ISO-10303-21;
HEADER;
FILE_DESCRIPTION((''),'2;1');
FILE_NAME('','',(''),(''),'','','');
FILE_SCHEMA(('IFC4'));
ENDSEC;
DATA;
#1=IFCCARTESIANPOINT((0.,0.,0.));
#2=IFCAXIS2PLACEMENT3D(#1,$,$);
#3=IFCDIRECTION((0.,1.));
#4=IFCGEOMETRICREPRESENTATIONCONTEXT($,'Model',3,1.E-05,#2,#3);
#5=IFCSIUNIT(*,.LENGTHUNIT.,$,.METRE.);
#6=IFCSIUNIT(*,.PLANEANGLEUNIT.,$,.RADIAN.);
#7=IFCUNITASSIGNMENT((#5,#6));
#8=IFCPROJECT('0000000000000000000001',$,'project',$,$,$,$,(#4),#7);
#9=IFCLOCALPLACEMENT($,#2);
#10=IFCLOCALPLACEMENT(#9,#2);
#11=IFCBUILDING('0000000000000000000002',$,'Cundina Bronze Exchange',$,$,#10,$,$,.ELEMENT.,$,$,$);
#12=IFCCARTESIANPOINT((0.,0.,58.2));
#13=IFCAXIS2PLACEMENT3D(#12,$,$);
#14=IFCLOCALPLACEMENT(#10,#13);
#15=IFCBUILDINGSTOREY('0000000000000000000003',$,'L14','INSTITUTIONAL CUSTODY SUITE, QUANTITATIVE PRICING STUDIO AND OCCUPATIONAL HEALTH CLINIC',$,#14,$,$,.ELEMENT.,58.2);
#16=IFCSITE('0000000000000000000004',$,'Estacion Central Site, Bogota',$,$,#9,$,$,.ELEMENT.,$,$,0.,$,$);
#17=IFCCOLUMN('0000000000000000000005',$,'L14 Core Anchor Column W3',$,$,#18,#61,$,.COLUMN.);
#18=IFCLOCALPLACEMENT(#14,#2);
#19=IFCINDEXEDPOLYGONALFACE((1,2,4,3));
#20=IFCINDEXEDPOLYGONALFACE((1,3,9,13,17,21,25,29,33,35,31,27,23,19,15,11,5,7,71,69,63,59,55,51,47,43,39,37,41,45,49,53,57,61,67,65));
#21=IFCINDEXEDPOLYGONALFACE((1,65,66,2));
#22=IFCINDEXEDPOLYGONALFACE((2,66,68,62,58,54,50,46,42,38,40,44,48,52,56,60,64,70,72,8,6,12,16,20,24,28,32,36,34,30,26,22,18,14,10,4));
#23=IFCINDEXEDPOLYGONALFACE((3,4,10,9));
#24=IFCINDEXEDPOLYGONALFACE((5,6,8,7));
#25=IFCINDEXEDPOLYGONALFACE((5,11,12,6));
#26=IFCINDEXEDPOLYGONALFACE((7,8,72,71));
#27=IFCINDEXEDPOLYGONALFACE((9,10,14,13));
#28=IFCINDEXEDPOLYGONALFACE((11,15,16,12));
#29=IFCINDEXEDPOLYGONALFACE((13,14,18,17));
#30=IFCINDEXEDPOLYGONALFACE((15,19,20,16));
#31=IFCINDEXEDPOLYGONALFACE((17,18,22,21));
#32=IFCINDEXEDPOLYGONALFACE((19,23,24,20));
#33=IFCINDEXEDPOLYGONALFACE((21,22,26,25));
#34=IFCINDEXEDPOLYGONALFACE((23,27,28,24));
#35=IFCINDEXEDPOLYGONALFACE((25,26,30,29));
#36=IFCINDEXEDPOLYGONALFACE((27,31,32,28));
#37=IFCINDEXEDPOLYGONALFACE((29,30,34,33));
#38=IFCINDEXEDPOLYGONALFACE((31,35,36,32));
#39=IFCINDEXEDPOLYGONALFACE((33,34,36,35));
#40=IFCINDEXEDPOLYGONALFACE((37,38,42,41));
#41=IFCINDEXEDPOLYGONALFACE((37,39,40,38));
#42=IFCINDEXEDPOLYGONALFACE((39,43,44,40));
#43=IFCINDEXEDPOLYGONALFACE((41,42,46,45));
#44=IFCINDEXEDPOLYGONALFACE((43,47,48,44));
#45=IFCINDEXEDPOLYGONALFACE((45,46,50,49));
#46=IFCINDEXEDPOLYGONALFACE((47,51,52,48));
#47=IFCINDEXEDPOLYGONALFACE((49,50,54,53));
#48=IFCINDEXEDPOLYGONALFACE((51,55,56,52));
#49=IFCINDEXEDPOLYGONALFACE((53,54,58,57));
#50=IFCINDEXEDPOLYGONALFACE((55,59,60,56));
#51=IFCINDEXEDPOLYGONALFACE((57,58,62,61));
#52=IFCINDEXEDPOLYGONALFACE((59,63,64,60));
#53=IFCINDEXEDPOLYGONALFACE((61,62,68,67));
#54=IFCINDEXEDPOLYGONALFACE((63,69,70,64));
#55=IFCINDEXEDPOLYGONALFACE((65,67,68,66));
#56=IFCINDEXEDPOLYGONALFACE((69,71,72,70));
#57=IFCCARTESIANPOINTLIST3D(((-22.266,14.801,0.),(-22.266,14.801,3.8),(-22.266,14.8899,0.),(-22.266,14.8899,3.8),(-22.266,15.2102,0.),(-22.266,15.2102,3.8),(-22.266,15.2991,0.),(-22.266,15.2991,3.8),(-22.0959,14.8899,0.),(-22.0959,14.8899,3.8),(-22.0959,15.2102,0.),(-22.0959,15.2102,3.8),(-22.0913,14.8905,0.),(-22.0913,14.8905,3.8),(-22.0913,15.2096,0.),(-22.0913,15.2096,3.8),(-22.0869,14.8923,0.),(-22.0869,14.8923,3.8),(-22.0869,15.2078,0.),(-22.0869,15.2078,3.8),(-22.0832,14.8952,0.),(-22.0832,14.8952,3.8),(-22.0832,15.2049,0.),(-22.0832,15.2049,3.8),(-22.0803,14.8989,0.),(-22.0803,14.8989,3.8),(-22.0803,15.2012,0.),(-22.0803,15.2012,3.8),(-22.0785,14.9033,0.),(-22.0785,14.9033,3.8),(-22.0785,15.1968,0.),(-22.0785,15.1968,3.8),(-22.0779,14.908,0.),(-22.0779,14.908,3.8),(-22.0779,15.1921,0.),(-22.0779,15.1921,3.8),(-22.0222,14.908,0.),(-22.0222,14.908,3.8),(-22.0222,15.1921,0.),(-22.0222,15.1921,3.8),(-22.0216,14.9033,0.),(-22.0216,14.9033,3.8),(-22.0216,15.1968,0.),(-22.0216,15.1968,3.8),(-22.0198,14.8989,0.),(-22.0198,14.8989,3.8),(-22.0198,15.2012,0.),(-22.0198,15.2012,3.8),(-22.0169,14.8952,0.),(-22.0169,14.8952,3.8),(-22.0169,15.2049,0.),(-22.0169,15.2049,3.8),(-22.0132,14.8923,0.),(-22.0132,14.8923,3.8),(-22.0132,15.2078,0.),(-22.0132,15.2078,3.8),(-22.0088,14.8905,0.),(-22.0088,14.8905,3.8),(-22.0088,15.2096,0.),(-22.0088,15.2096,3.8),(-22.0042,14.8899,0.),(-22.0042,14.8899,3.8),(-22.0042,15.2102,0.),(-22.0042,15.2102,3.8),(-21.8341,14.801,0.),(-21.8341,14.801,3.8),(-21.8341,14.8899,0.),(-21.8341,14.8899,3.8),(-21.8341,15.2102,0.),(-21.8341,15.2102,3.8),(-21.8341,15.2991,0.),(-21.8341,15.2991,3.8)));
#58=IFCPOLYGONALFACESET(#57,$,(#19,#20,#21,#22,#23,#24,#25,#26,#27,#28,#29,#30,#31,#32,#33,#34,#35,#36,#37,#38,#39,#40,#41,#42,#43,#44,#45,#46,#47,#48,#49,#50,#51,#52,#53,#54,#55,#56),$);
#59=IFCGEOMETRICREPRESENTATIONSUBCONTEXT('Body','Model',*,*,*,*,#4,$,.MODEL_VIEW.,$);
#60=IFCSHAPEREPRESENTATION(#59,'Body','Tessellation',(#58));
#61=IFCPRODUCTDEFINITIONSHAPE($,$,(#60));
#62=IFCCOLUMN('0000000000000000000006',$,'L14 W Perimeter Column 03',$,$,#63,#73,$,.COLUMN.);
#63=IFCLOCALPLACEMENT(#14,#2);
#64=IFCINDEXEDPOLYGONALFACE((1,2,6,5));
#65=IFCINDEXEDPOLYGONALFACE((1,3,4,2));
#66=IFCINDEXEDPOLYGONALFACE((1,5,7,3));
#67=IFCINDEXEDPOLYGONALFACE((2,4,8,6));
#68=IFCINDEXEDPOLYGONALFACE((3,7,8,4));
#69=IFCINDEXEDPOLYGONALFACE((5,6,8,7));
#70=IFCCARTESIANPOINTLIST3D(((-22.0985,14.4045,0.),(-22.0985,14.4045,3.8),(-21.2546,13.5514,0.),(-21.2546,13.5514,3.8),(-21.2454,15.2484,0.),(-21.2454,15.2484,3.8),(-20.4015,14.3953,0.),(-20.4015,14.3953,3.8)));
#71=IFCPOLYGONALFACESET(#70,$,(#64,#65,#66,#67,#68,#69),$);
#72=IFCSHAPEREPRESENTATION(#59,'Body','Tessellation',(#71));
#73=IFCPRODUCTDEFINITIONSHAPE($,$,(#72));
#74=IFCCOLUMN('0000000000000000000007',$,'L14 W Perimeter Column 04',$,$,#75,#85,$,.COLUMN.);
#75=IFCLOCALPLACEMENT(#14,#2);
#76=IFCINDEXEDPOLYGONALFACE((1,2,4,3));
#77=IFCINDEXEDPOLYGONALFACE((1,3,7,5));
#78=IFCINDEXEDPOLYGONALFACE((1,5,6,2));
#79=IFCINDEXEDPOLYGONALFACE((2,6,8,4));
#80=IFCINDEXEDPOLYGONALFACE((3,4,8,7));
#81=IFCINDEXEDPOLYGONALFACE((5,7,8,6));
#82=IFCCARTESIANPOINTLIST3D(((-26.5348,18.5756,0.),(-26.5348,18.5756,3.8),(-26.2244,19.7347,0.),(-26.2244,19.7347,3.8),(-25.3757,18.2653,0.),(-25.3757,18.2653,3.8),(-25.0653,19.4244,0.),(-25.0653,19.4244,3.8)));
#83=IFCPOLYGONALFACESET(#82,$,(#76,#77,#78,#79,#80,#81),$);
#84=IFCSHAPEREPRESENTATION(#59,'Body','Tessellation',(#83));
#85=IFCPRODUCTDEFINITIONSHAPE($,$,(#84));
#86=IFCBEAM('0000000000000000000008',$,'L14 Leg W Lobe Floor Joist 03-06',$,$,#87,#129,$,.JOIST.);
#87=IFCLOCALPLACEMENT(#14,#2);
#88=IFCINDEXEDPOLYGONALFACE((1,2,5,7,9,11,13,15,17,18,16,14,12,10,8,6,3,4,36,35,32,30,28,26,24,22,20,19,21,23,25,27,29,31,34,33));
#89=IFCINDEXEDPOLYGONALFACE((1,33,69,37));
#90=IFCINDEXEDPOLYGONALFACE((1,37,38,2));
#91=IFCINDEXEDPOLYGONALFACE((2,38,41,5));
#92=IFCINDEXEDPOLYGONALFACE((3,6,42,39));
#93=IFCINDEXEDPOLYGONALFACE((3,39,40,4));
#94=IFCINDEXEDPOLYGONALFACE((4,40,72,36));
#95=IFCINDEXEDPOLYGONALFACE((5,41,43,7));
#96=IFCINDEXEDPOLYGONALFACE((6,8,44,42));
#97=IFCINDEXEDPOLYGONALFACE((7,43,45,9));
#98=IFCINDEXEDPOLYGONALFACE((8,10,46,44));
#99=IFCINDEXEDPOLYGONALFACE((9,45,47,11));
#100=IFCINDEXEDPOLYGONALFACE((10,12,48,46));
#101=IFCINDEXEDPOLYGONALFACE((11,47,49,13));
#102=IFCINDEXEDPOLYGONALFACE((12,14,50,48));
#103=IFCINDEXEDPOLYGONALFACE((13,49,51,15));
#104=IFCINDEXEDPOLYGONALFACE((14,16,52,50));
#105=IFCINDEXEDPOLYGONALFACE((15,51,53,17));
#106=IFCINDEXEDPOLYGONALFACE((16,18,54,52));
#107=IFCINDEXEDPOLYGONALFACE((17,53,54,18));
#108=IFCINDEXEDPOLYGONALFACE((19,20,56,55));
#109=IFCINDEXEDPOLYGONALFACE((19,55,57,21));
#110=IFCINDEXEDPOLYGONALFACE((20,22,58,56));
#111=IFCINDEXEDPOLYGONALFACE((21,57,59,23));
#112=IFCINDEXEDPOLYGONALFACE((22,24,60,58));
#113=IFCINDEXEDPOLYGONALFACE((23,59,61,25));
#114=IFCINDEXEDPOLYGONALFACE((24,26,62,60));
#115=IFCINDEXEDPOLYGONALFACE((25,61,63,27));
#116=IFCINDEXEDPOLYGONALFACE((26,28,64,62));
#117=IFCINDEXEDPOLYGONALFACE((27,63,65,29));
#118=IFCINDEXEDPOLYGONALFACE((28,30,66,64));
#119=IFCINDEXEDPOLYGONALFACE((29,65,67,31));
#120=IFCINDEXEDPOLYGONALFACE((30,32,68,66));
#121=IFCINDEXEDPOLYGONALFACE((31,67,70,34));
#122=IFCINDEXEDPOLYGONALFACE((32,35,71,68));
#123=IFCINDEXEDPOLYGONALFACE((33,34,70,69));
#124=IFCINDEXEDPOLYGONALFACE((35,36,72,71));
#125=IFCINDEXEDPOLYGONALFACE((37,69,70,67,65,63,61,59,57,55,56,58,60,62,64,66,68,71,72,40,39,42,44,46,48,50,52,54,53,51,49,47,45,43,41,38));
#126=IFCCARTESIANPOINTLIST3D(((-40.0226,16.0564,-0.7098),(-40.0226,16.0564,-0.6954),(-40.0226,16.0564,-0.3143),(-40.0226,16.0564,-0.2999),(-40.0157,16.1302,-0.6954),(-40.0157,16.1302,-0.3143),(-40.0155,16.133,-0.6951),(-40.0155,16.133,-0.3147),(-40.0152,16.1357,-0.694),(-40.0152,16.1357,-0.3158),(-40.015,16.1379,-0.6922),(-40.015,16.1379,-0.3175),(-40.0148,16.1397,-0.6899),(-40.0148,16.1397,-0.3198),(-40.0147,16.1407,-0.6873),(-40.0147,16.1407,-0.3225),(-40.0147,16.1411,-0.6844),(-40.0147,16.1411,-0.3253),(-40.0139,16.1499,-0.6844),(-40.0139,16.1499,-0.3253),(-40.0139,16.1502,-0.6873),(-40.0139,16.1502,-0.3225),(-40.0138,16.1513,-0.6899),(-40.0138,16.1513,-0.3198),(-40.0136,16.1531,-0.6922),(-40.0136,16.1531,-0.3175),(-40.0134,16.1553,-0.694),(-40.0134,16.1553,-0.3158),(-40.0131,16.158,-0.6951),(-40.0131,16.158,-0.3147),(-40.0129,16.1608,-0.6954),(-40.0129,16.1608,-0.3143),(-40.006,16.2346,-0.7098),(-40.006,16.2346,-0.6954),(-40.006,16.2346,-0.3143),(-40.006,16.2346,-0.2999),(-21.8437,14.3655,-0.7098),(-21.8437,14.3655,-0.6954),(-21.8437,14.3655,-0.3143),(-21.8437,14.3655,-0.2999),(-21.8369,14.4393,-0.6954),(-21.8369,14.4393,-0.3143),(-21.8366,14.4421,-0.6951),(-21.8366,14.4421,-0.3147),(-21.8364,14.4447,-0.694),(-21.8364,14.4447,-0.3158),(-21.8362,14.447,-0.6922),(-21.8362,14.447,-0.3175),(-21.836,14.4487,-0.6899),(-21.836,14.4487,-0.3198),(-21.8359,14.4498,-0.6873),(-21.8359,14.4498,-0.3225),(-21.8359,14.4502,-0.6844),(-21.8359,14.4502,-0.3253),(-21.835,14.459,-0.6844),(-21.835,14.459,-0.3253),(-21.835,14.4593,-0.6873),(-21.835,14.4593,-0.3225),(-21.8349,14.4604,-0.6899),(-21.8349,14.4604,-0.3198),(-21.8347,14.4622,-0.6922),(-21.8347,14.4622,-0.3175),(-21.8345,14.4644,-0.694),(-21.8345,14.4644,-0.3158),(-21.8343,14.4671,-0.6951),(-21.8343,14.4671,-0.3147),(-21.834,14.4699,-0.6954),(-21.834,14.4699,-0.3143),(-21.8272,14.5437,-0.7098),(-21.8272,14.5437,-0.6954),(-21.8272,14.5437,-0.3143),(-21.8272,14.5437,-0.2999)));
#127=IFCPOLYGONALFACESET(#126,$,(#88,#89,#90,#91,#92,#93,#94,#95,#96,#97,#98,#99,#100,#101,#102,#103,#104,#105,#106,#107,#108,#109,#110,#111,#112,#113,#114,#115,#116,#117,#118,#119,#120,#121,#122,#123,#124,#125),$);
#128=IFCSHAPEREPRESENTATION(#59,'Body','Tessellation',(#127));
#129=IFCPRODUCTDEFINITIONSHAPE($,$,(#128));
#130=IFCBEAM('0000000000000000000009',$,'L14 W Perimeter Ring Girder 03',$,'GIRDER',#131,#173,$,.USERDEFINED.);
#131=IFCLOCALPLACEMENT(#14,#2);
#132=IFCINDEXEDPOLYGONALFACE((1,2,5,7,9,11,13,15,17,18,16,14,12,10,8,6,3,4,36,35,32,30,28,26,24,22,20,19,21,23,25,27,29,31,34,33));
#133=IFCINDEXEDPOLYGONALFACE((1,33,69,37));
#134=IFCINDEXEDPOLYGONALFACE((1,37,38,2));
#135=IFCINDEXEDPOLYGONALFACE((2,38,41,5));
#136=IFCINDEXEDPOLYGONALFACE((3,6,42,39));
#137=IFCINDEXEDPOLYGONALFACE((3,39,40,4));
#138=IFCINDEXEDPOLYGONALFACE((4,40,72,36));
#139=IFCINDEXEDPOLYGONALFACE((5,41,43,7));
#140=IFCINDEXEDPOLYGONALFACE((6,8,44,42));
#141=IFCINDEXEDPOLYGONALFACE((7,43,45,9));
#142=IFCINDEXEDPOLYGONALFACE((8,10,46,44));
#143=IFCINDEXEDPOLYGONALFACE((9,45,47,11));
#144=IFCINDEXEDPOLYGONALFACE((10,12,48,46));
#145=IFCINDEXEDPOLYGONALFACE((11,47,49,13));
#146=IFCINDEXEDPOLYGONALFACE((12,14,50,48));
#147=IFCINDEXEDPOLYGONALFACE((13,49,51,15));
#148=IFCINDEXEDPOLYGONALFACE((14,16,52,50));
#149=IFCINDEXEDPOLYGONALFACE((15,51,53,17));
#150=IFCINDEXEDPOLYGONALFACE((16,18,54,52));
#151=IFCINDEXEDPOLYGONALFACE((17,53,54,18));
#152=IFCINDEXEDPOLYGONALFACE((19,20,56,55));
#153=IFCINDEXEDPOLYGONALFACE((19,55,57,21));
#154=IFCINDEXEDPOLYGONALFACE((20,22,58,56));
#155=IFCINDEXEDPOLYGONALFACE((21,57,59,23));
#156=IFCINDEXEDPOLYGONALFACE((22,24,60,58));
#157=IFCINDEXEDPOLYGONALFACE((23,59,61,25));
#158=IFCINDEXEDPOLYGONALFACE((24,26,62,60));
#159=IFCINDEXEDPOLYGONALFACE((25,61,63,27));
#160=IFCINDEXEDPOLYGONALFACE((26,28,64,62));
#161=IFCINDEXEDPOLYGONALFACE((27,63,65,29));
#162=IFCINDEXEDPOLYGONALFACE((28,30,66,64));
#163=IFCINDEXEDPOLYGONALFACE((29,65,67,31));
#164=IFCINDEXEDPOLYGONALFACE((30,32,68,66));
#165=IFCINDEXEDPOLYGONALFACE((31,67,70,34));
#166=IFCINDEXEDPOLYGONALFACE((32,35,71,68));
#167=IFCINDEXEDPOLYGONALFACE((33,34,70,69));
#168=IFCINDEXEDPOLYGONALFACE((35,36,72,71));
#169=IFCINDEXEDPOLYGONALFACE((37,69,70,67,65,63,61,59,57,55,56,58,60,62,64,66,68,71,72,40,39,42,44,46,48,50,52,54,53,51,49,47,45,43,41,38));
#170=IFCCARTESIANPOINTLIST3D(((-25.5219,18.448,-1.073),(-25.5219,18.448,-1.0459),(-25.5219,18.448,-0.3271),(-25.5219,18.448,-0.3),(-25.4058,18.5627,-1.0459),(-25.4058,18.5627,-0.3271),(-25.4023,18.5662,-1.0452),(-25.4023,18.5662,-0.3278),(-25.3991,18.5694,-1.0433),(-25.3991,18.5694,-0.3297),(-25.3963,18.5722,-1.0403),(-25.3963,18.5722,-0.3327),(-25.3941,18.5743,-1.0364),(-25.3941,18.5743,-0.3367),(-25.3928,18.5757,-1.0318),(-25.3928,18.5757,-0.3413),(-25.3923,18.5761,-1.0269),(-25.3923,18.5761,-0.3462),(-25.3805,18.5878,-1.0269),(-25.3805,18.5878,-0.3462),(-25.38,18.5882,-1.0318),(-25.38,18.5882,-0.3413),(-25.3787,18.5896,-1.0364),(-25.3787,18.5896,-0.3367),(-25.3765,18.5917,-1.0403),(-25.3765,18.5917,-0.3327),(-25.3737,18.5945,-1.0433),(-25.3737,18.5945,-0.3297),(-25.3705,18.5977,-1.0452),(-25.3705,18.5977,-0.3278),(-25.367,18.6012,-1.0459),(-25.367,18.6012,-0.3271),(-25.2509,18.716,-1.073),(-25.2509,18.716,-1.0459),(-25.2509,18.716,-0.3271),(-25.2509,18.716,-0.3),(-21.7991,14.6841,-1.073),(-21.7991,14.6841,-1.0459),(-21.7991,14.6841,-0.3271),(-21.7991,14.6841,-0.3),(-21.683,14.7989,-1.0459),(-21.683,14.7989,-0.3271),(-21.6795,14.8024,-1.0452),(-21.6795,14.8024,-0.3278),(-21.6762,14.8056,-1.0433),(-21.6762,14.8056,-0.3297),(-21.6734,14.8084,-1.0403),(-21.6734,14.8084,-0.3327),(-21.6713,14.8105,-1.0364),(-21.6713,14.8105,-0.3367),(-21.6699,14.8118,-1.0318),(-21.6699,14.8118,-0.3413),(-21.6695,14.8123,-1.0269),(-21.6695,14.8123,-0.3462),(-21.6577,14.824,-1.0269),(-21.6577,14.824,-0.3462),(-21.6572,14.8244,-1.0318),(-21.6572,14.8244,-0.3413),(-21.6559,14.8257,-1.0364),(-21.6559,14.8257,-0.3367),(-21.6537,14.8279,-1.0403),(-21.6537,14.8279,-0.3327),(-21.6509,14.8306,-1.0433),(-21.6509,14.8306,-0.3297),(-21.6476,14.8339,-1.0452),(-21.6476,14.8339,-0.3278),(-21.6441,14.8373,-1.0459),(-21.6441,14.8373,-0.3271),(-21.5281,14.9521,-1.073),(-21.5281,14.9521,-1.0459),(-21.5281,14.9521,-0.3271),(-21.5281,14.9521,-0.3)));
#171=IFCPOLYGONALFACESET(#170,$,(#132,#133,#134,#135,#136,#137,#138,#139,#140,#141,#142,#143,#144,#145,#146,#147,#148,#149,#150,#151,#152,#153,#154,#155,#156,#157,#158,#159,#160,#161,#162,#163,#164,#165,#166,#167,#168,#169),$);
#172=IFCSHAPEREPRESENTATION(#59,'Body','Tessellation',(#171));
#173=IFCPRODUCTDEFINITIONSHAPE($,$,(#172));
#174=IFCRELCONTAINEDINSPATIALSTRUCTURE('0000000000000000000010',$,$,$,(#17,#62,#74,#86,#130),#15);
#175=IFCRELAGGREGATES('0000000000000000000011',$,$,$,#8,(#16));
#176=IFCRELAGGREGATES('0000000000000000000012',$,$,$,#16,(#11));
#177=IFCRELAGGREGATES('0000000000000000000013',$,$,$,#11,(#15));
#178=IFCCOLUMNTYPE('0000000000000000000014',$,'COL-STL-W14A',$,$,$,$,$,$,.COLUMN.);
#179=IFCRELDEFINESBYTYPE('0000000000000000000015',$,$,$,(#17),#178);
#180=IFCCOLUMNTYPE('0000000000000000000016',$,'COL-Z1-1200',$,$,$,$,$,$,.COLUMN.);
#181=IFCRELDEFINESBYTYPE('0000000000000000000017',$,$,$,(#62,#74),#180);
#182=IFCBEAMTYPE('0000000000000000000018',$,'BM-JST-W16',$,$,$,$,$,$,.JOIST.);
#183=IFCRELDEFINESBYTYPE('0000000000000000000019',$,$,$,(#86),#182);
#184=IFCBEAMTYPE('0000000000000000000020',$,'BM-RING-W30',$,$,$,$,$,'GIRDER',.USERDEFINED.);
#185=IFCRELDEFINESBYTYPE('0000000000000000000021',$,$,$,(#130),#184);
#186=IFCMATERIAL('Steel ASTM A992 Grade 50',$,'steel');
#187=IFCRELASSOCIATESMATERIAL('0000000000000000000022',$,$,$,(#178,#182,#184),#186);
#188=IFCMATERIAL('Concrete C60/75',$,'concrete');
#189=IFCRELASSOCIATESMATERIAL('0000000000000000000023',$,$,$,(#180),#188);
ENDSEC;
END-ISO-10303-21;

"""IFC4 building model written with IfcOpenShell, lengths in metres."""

from ifc_helpers import new_model, si_unit, direction, frame, origin, origin_2d, place, context, subcontext, project, spatial, rectangle, i_section, extrude, material, material_profile, profile_set, type_object, element, save


model = new_model("IFC4")

# Units and contexts
model_context = context("Model", 3, precision=1e-05, world=origin(), true_north=direction((0.0, 1.0)))
body_context = subcontext(model_context, "Body", "Model", "MODEL_VIEW")
ifc_project = project(units=[si_unit("LENGTHUNIT", "METRE"), si_unit("PLANEANGLEUNIT", "RADIAN")], contexts=[model_context])

# Site, building, storey
site_placement = place(None, origin())
site = spatial("IfcSite", under=ifc_project, at=site_placement, Name="Estacion Central Site, Bogota", CompositionType="ELEMENT", RefElevation=0.0)
building_placement = place(site_placement, origin())
building = spatial("IfcBuilding", under=site, at=building_placement, Name="Cundina Bronze Exchange", CompositionType="ELEMENT")
storey_placement = place(building_placement, frame((0.0, 0.0, 58.2)))
storey = spatial("IfcBuildingStorey", under=building, at=storey_placement, Name="L14", Description="INSTITUTIONAL CUSTODY SUITE, QUANTITATIVE PRICING STUDIO AND OCCUPATIONAL HEALTH CLINIC", CompositionType="ELEMENT", Elevation=58.2)

# Columns
ifc_material_1 = material(Name="Steel ASTM A992 Grade 50", Category="steel")
ifc_material_profile_1 = material_profile(ifc_material_1, i_section(OverallWidth=0.4319, OverallDepth=0.498, WebThickness=0.0557, FlangeThickness=0.0889, FilletRadius=0.0181, at=origin_2d()), Name="W14X500", Category="steel")
ifc_profile_set_1 = profile_set([ifc_material_profile_1], Name="Steel ASTM A992 Grade 50")
column_type_1 = type_object("IfcColumnType", Name="COL-STL-W14A", PredefinedType="COLUMN", material=ifc_profile_set_1)
column_placement = place(storey_placement, frame((-22.05, 15.05, 0.0), z_axis=(0.0, 0.0, 1.0), x_axis=(1.0, 0.0, 0.0)))
element("IfcColumn", 1, at=column_placement, inside=storey, type_object=column_type_1, Name="L14 Core Anchor Column W3", PredefinedType="COLUMN", context=body_context, shape_type="SweptSolid", body=[
    extrude(i_section(OverallWidth=0.4319, OverallDepth=0.498, WebThickness=0.0557, FlangeThickness=0.0889, FilletRadius=0.0181, at=origin_2d()), origin(), (0.0, 0.0, 1.0), 3.8),
])
ifc_material_2 = material(Name="Concrete C60/75", Category="concrete")
ifc_material_profile_2 = material_profile(ifc_material_2, rectangle(XDim=1.2, YDim=1.2, at=origin_2d()), Name="RC1200X1200", Category="concrete")
ifc_profile_set_2 = profile_set([ifc_material_profile_2], Name="Concrete C60/75")
column_type_2 = type_object("IfcColumnType", Name="COL-Z1-1200", PredefinedType="COLUMN", material=ifc_profile_set_2)
for number, where, z_axis, x_axis, name in (
    (2, (-21.25, 14.3999, 0.0), (0.0, 0.0, 1.0), (-0.703271, 0.710922, 0.0), "L14 W Perimeter Column 03"),
    (3, (-25.8, 19.0, 0.0), (0.0, 0.0, 1.0), (-0.965971, 0.25865, 0.0), "L14 W Perimeter Column 04"),
):
    element("IfcColumn", number, at=place(storey_placement, frame(where, z_axis=z_axis, x_axis=x_axis)), inside=storey, type_object=column_type_2, Name=name, PredefinedType="COLUMN", context=body_context, shape_type="SweptSolid", body=[
        extrude(rectangle(XDim=1.2, YDim=1.2, at=origin_2d()), origin(), (0.0, 0.0, 1.0), 3.8),
    ])

# Beams
ifc_material_profile_3 = material_profile(ifc_material_1, i_section(OverallWidth=0.179, OverallDepth=0.4099, WebThickness=0.0088, FlangeThickness=0.0144, FilletRadius=0.011, at=origin_2d()), Name="W16X45", Category="steel")
ifc_profile_set_3 = profile_set([ifc_material_profile_3], Name="Steel ASTM A992 Grade 50")
beam_type_1 = type_object("IfcBeamType", Name="BM-JST-W16", PredefinedType="JOIST", material=ifc_profile_set_3)
beam_1_placement = place(storey_placement, frame((-21.8354, 14.4546, -0.5049), z_axis=(-0.995702, 0.092615, 0.0), x_axis=(-0.092615, -0.995702, 0.0)))
element("IfcBeam", 4, at=beam_1_placement, inside=storey, type_object=beam_type_1, Name="L14 Leg W Lobe Floor Joist 03-06", PredefinedType="JOIST", context=body_context, shape_type="SweptSolid", body=[
    extrude(i_section(OverallWidth=0.179, OverallDepth=0.4099, WebThickness=0.0088, FlangeThickness=0.0144, FilletRadius=0.011, at=origin_2d()), origin(), (0.0, 0.0, 1.0), 18.2573),
])
ifc_material_profile_4 = material_profile(ifc_material_1, i_section(OverallWidth=0.3811, OverallDepth=0.7729, WebThickness=0.0166, FlangeThickness=0.0271, FilletRadius=0.019, at=origin_2d()), Name="W30X173", Category="steel")
ifc_profile_set_4 = profile_set([ifc_material_profile_4], Name="Steel ASTM A992 Grade 50")
beam_type_2 = type_object("IfcBeamType", Name="BM-RING-W30", ElementType="GIRDER", PredefinedType="USERDEFINED", material=ifc_profile_set_4)
beam_2_placement = place(storey_placement, frame((-21.6636, 14.8181, -0.6865), z_axis=(-0.703222, 0.71097, 0.0), x_axis=(-0.71097, -0.703222, 0.0)))
element("IfcBeam", 5, at=beam_2_placement, inside=storey, type_object=beam_type_2, Name="L14 W Perimeter Ring Girder 03", ObjectType="GIRDER", PredefinedType="USERDEFINED", context=body_context, shape_type="SweptSolid", body=[
    extrude(i_section(OverallWidth=0.3811, OverallDepth=0.7729, WebThickness=0.0166, FlangeThickness=0.0271, FilletRadius=0.019, at=origin_2d()), origin(), (0.0, 0.0, 1.0), 5.2939),
])

save(model, "model.ifc")
